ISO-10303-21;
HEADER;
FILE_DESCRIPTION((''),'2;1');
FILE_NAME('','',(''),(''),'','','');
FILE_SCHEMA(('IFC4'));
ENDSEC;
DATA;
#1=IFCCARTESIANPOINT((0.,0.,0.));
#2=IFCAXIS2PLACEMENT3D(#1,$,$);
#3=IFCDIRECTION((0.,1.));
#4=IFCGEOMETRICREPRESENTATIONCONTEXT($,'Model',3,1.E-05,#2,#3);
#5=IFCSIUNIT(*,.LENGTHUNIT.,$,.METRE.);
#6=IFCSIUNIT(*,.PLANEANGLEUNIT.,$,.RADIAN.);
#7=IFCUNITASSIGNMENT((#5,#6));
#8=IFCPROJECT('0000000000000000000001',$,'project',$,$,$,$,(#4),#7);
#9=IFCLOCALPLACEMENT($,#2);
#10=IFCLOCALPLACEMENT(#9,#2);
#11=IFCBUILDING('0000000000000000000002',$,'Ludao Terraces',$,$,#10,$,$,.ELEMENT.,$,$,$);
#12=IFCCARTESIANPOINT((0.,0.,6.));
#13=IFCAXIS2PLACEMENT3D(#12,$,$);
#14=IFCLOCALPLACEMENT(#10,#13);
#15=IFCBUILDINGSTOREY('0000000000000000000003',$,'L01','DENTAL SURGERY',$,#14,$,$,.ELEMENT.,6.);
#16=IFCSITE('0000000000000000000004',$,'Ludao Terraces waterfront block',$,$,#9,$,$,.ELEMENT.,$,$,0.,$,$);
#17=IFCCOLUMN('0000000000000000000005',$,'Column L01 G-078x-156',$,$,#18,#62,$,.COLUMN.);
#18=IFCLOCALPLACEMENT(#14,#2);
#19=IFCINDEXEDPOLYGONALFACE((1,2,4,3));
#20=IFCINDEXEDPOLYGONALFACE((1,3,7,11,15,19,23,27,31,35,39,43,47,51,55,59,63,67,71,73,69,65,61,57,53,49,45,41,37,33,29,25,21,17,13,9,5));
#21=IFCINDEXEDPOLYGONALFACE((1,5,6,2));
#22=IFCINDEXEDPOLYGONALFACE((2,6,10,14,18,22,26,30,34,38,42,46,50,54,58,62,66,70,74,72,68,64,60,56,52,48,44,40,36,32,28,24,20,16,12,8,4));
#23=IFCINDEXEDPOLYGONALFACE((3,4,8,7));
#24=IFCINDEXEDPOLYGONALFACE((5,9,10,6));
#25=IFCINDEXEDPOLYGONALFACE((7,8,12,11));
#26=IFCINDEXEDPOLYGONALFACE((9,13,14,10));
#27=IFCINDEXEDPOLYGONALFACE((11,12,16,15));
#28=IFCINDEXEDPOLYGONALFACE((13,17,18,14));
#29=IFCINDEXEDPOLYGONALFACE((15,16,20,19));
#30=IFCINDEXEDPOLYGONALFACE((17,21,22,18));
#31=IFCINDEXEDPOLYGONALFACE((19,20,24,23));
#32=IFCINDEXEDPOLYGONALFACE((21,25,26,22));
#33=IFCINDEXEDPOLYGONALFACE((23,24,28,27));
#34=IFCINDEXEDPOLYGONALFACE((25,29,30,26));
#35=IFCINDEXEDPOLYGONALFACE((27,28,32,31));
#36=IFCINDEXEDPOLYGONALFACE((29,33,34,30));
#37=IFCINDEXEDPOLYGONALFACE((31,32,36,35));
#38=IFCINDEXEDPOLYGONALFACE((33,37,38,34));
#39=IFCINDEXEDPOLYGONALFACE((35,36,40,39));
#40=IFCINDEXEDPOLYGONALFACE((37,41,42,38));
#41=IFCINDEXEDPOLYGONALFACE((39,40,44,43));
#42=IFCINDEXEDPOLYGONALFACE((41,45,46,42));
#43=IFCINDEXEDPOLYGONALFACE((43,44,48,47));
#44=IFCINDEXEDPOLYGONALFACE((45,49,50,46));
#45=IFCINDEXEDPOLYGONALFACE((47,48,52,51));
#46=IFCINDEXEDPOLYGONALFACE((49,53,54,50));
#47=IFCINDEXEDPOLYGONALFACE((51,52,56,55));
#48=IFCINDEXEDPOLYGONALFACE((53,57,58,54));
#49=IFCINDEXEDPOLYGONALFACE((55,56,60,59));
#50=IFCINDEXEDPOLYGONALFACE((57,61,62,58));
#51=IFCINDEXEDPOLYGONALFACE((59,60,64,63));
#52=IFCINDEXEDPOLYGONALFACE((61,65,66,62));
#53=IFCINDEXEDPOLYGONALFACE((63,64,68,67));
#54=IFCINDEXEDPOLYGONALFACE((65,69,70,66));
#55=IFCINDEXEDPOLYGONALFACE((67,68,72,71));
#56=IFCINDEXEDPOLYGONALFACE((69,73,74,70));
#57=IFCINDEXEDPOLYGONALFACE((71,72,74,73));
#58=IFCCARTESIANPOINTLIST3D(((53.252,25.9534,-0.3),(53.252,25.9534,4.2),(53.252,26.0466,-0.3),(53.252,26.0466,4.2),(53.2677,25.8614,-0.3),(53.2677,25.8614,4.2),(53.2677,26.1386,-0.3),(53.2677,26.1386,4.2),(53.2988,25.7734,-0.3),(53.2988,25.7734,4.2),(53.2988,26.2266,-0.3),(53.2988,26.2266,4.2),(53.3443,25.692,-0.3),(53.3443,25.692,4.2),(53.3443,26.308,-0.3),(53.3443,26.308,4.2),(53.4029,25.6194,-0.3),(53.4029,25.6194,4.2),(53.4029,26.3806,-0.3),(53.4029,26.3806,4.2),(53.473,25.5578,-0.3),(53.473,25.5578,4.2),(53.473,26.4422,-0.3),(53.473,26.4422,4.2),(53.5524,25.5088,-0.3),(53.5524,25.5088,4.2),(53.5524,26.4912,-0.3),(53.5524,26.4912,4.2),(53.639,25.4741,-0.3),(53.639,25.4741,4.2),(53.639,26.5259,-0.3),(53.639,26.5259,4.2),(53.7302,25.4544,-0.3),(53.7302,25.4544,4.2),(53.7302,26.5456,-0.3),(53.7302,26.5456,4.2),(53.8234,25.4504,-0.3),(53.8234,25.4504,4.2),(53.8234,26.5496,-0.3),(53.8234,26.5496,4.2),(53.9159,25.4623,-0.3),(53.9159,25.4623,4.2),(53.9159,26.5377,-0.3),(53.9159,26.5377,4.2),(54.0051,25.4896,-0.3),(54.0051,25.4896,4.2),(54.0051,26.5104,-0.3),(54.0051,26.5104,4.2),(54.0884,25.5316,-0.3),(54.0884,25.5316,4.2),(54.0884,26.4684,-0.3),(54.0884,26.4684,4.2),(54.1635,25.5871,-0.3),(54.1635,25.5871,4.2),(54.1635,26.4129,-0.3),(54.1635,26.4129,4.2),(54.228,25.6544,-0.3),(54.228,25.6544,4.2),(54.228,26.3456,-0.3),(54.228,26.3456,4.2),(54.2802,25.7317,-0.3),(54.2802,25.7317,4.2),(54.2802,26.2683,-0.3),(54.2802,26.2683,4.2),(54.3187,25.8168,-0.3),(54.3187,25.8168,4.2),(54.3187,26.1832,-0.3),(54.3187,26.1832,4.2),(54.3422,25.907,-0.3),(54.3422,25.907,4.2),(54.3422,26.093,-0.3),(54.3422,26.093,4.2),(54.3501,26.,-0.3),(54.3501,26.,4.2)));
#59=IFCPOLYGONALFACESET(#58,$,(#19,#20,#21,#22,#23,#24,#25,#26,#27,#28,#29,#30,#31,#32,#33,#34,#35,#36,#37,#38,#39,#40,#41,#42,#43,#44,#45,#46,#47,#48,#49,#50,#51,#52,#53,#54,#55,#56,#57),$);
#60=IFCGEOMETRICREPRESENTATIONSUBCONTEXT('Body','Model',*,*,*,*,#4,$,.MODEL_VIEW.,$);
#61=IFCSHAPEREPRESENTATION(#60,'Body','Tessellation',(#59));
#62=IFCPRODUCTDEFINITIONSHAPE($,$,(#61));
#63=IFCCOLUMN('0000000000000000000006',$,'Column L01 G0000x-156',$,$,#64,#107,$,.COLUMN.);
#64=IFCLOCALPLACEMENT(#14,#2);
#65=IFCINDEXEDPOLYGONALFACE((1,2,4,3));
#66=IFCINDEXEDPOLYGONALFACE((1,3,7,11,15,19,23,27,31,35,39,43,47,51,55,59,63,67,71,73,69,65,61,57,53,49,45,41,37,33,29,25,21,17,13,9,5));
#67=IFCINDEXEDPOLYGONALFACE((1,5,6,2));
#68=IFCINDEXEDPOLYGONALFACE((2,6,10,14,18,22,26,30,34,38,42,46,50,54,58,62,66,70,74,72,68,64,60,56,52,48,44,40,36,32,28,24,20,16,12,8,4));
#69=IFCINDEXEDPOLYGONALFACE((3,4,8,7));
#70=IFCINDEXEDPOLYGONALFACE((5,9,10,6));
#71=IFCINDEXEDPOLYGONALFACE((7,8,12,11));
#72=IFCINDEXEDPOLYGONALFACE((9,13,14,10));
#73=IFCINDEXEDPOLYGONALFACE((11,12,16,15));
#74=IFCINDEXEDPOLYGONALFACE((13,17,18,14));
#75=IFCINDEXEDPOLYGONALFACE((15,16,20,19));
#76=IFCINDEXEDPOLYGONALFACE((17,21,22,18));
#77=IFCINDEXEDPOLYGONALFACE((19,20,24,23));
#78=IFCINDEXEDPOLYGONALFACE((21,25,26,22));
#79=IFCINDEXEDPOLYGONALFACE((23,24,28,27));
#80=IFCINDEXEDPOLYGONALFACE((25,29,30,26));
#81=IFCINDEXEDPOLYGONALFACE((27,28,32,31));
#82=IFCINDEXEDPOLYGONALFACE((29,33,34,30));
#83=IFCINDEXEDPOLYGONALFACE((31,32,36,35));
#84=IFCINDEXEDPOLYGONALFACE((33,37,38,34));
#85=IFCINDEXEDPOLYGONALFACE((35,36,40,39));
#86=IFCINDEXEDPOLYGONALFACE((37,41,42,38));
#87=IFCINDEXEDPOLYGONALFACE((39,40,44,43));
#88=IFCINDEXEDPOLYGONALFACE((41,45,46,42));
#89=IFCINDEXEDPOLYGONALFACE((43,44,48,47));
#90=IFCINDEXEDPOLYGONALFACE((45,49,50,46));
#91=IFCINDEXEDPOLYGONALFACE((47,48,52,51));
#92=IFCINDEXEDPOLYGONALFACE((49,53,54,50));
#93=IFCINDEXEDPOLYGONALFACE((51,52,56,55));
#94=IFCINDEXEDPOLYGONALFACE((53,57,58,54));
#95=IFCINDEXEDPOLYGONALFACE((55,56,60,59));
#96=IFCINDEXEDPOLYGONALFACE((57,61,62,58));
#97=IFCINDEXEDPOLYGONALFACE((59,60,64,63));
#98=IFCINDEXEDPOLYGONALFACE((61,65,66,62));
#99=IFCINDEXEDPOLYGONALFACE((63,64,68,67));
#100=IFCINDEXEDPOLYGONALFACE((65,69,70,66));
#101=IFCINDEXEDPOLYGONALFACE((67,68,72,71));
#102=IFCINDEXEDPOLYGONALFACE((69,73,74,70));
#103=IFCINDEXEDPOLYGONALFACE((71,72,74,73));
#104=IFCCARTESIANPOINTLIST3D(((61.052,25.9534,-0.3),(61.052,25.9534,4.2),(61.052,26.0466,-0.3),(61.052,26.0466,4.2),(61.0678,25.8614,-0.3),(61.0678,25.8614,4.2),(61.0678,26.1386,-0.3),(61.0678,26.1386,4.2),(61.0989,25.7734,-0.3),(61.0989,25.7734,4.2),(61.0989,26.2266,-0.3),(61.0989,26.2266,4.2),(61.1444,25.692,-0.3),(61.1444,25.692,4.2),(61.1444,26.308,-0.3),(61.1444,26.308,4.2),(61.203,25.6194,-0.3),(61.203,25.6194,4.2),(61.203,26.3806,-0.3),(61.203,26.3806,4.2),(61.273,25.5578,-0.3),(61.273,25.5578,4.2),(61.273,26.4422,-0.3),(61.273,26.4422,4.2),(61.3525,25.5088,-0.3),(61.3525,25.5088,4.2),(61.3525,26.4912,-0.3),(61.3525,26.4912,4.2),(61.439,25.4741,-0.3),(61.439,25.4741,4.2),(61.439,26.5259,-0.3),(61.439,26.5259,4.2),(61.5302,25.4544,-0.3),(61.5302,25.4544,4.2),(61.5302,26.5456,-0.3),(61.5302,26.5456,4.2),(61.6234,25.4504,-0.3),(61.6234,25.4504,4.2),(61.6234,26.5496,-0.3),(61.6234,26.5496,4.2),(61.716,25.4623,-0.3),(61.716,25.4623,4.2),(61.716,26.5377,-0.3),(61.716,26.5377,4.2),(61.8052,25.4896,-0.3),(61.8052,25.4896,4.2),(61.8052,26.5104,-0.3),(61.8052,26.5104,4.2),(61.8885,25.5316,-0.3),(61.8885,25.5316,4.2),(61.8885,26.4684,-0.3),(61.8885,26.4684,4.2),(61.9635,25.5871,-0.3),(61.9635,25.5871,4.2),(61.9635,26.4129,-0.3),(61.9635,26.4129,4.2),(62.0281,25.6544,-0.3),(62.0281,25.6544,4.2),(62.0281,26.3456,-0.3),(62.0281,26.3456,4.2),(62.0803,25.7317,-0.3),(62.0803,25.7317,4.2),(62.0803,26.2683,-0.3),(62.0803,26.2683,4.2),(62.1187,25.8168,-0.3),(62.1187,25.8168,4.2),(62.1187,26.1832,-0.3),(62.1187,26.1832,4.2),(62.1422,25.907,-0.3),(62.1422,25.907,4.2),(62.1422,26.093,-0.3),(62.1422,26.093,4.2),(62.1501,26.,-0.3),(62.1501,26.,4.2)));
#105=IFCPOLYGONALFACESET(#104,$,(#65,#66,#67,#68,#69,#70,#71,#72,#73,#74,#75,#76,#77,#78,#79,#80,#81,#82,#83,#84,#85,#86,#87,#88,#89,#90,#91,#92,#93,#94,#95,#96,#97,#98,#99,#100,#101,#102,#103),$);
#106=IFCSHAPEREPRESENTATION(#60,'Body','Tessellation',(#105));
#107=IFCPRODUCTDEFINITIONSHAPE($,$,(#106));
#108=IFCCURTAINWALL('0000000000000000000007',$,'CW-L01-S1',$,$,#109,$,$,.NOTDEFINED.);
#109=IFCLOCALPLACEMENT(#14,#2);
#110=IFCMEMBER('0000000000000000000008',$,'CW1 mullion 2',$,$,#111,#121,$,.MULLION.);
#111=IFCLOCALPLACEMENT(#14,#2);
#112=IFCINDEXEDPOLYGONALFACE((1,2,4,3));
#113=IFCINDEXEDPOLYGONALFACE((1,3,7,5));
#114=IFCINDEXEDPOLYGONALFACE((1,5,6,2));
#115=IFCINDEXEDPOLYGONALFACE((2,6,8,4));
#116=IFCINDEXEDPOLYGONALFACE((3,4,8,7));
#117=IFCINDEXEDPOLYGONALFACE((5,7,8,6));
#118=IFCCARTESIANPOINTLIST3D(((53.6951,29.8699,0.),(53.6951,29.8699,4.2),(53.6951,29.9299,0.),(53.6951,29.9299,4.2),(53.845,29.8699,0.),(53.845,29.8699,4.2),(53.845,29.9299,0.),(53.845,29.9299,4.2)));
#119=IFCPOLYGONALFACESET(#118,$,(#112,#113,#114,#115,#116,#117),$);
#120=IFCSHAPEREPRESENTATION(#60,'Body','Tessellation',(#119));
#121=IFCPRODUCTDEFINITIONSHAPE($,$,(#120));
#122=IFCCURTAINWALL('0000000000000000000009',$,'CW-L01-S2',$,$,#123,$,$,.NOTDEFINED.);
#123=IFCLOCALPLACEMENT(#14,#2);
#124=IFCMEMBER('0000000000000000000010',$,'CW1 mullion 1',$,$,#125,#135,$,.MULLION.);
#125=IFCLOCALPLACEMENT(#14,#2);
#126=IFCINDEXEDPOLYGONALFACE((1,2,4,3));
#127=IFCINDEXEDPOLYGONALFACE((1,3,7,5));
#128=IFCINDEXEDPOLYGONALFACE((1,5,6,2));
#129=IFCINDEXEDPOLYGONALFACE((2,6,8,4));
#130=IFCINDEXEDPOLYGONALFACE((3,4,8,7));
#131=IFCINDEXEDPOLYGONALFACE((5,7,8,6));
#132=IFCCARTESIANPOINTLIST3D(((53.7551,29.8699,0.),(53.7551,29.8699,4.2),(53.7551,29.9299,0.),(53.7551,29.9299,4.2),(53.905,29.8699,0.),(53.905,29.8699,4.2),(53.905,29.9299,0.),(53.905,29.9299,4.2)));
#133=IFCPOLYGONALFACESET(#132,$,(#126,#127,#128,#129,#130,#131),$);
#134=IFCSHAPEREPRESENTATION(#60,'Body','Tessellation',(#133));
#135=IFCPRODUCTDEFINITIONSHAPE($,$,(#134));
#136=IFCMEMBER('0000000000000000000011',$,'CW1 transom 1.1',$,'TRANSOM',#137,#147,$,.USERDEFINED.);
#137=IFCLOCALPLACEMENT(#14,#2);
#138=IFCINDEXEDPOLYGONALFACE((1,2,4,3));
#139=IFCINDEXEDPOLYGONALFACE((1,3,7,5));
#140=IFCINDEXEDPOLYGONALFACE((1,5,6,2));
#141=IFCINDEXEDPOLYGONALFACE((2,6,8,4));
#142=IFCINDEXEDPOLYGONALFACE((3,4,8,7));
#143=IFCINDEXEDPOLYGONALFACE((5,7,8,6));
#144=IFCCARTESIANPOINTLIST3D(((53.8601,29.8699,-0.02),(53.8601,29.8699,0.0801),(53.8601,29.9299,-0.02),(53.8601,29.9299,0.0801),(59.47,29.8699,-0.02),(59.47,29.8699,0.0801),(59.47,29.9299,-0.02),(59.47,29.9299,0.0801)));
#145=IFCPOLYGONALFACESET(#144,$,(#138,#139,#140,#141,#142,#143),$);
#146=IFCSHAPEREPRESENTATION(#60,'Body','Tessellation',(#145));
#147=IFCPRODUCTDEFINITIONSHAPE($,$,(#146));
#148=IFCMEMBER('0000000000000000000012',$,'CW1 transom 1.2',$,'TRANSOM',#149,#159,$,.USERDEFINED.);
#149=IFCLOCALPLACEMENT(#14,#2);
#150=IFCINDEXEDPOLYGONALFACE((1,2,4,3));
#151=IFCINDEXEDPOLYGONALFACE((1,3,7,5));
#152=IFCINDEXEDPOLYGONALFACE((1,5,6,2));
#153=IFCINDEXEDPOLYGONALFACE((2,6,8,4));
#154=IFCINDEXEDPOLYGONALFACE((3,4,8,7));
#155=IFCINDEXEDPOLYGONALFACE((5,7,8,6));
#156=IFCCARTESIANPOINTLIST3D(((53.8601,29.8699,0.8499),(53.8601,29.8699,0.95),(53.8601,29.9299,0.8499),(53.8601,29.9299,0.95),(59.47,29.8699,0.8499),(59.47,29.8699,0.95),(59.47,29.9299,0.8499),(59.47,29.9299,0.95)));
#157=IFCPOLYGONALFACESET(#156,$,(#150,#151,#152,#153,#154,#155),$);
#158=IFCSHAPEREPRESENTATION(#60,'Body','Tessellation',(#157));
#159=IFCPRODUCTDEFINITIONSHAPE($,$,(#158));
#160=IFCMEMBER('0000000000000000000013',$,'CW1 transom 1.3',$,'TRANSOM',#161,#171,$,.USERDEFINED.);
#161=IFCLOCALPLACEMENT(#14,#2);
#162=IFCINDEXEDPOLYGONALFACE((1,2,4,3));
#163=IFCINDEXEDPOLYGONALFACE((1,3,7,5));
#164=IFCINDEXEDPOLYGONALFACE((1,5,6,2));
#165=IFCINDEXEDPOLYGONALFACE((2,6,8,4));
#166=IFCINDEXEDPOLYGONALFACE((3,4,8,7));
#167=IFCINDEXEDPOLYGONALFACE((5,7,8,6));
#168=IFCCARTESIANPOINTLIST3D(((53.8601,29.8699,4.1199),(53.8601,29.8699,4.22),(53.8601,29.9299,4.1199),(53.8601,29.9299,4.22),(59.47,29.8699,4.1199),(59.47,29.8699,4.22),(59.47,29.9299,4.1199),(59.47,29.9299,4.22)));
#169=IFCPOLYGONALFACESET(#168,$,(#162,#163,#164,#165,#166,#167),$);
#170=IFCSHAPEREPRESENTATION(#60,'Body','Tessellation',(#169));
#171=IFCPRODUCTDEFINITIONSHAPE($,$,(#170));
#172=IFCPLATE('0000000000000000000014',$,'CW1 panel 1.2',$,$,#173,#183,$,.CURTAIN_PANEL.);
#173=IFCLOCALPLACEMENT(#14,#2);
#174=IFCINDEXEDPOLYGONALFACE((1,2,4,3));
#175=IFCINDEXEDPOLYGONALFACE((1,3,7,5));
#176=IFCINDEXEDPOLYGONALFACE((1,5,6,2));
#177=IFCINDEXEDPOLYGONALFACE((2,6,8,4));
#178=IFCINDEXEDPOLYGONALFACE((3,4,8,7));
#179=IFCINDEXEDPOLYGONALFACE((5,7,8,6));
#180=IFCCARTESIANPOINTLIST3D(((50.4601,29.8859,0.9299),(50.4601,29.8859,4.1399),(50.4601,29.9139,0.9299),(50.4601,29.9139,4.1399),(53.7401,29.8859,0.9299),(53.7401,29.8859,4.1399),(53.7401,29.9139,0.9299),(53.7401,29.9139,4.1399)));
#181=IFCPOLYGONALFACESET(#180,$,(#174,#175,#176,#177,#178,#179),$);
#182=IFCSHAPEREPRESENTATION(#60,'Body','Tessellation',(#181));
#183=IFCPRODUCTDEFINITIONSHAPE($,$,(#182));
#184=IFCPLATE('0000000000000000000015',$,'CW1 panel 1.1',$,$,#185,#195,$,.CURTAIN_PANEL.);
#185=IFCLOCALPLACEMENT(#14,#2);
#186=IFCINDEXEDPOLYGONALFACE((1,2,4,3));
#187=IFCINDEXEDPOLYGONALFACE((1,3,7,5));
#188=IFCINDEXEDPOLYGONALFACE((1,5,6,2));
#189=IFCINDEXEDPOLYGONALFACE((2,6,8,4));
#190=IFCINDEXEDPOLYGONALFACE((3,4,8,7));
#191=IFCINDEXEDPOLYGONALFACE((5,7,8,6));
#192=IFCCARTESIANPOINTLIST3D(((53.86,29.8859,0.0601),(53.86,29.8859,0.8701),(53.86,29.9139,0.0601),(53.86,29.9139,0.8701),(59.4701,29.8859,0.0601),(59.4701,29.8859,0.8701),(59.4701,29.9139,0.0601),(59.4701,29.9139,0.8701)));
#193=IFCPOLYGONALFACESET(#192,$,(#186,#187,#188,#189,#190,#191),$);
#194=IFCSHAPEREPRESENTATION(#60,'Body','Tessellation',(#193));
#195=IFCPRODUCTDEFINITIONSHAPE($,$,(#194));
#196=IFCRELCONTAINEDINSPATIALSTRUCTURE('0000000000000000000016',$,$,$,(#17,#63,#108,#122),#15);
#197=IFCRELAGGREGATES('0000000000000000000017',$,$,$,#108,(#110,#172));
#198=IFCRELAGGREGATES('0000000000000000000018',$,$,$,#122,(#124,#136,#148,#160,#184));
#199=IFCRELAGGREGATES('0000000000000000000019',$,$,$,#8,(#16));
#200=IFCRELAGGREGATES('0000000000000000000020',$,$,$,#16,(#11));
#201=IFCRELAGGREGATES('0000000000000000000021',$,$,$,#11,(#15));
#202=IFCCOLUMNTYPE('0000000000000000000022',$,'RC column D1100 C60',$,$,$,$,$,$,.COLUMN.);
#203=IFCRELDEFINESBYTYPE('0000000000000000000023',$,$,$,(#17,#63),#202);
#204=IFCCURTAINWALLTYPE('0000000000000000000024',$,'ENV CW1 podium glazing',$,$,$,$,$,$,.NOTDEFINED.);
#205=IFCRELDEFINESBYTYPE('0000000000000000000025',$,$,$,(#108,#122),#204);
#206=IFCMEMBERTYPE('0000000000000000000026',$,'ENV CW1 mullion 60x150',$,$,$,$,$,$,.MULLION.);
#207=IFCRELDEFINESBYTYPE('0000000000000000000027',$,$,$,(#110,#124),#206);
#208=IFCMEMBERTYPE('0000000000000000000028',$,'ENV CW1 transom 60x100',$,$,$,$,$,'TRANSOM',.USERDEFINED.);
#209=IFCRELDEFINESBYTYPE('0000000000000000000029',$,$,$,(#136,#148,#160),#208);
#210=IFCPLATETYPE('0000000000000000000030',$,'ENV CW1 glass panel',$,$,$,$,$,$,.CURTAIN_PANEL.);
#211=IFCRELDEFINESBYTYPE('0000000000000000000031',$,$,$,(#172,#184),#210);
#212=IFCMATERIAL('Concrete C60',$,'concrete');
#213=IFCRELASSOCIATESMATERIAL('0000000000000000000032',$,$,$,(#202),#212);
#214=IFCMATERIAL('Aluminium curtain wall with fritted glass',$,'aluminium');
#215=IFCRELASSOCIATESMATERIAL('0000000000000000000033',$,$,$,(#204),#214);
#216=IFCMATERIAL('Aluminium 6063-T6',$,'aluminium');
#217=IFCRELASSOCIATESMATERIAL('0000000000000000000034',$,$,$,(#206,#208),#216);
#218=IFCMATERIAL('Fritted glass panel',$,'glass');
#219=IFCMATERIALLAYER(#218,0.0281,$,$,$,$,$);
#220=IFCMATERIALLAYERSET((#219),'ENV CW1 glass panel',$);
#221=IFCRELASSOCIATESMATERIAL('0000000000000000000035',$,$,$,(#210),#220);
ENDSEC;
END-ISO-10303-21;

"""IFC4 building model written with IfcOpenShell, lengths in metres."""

from ifc_helpers import new_model, si_unit, direction, frame, origin, origin_2d, place, context, subcontext, project, spatial, rectangle, circle, extrude, material, layer, layer_set, material_profile, profile_set, type_object, element, aggregate, save


model = new_model("IFC4")

# Units and contexts
model_context = context("Model", 3, precision=1e-05, world=origin(), true_north=direction((0.0, 1.0)))
body_context = subcontext(model_context, "Body", "Model", "MODEL_VIEW")
ifc_project = project(units=[si_unit("LENGTHUNIT", "METRE"), si_unit("PLANEANGLEUNIT", "RADIAN")], contexts=[model_context])

# Site, building, storey
site_placement = place(None, origin())
site = spatial("IfcSite", under=ifc_project, at=site_placement, Name="Ludao Terraces waterfront block", CompositionType="ELEMENT", RefElevation=0.0)
building_placement = place(site_placement, origin())
building = spatial("IfcBuilding", under=site, at=building_placement, Name="Ludao Terraces", CompositionType="ELEMENT")
storey_placement = place(building_placement, frame((0.0, 0.0, 6.0)))
storey = spatial("IfcBuildingStorey", under=building, at=storey_placement, Name="L01", Description="DENTAL SURGERY", CompositionType="ELEMENT", Elevation=6.0)

# Columns
ifc_material_1 = material(Name="Concrete C60", Category="concrete")
ifc_material_profile_1 = material_profile(ifc_material_1, circle(Radius=0.55, at=origin_2d()), Name="D1100")
ifc_profile_set_1 = profile_set([ifc_material_profile_1], Name="Concrete C60")
column_type = type_object("IfcColumnType", Name="RC column D1100 C60", PredefinedType="COLUMN", material=ifc_profile_set_1)
for number, where, z_axis, x_axis, name in (
    (1, (53.8, 26.0, -0.3), (0.0, 0.0, 1.0), (1.0, 0.0, 0.0), "Column L01 G-078x-156"),
    (2, (61.6001, 26.0, -0.3), (0.0, 0.0, 1.0), (1.0, 0.0, 0.0), "Column L01 G0000x-156"),
):
    element("IfcColumn", number, at=place(storey_placement, frame(where, z_axis=z_axis, x_axis=x_axis)), inside=storey, type_object=column_type, Name=name, PredefinedType="COLUMN", context=body_context, shape_type="SweptSolid", body=[
        extrude(circle(Radius=0.55, at=origin_2d()), origin(), (0.0, 0.0, 1.0), 4.5),
    ])

# Curtain wall, member
ifc_material_2 = material(Name="Aluminium curtain wall with fritted glass", Category="aluminium")
curtain_wall_type = type_object("IfcCurtainWallType", Name="ENV CW1 podium glazing", PredefinedType="NOTDEFINED", material=ifc_material_2)
curtain_wall_1_placement = place(storey_placement, origin())
curtain_wall_1 = element("IfcCurtainWall", 3, at=curtain_wall_1_placement, inside=storey, type_object=curtain_wall_type, Name="CW-L01-S1", PredefinedType="NOTDEFINED")
ifc_material_3 = material(Name="Aluminium 6063-T6", Category="aluminium")
ifc_material_profile_2 = material_profile(ifc_material_3, rectangle(XDim=0.0601, YDim=0.1499, at=origin_2d()), Name="60 X 150")
ifc_profile_set_2 = profile_set([ifc_material_profile_2], Name="Aluminium 6063-T6")
member_type_1 = type_object("IfcMemberType", Name="ENV CW1 mullion 60x150", PredefinedType="MULLION", material=ifc_profile_set_2)
member_1_placement = place(storey_placement, frame((53.77, 29.8999, 0.0), z_axis=(0.0, 0.0, 1.0), x_axis=(0.0, 1.0, 0.0)))
member_1 = element("IfcMember", 4, at=member_1_placement, type_object=member_type_1, Name="CW1 mullion 2", PredefinedType="MULLION", context=body_context, shape_type="SweptSolid", body=[
    extrude(rectangle(XDim=0.0601, YDim=0.1499, at=origin_2d()), origin(), (0.0, 0.0, 1.0), 4.2),
])

# Curtain wall, members
curtain_wall_2_placement = place(storey_placement, origin())
curtain_wall_2 = element("IfcCurtainWall", 5, at=curtain_wall_2_placement, inside=storey, type_object=curtain_wall_type, Name="CW-L01-S2", PredefinedType="NOTDEFINED")
member_2_placement = place(storey_placement, frame((53.8301, 29.8999, 0.0), z_axis=(0.0, 0.0, 1.0), x_axis=(0.0, 1.0, 0.0)))
member_2 = element("IfcMember", 6, at=member_2_placement, type_object=member_type_1, Name="CW1 mullion 1", PredefinedType="MULLION", context=body_context, shape_type="SweptSolid", body=[
    extrude(rectangle(XDim=0.0601, YDim=0.1499, at=origin_2d()), origin(), (0.0, 0.0, 1.0), 4.2),
])
ifc_material_profile_3 = material_profile(ifc_material_3, rectangle(XDim=0.0601, YDim=0.1001, at=origin_2d()), Name="60 X 100")
ifc_profile_set_3 = profile_set([ifc_material_profile_3], Name="Aluminium 6063-T6")
member_type_2 = type_object("IfcMemberType", Name="ENV CW1 transom 60x100", ElementType="TRANSOM", PredefinedType="USERDEFINED", material=ifc_profile_set_3)
member_3_placement = place(storey_placement, frame((53.8601, 29.8999, 0.03), z_axis=(1.0, 0.0, 0.0), x_axis=(0.0, 1.0, 0.0)))
member_3 = element("IfcMember", 7, at=member_3_placement, type_object=member_type_2, Name="CW1 transom 1.1", ObjectType="TRANSOM", PredefinedType="USERDEFINED", context=body_context, shape_type="SweptSolid", body=[
    extrude(rectangle(XDim=0.0601, YDim=0.1001, at=origin_2d()), origin(), (0.0, 0.0, 1.0), 5.6099),
])
member_4_placement = place(storey_placement, frame((53.8601, 29.8999, 0.8999), z_axis=(1.0, 0.0, 0.0), x_axis=(0.0, 1.0, 0.0)))
member_4 = element("IfcMember", 8, at=member_4_placement, type_object=member_type_2, Name="CW1 transom 1.2", ObjectType="TRANSOM", PredefinedType="USERDEFINED", context=body_context, shape_type="SweptSolid", body=[
    extrude(rectangle(XDim=0.0601, YDim=0.1001, at=origin_2d()), origin(), (0.0, 0.0, 1.0), 5.6099),
])
member_5_placement = place(storey_placement, frame((53.8601, 29.8999, 4.1699), z_axis=(1.0, 0.0, 0.0), x_axis=(0.0, 1.0, 0.0)))
member_5 = element("IfcMember", 9, at=member_5_placement, type_object=member_type_2, Name="CW1 transom 1.3", ObjectType="TRANSOM", PredefinedType="USERDEFINED", context=body_context, shape_type="SweptSolid", body=[
    extrude(rectangle(XDim=0.0601, YDim=0.1001, at=origin_2d()), origin(), (0.0, 0.0, 1.0), 5.6099),
])

# Plates
ifc_material_4 = material(Name="Fritted glass panel", Category="glass")
ifc_layer_1 = layer(ifc_material_4, 0.0281)
ifc_layer_set_1 = layer_set([ifc_layer_1], Name="ENV CW1 glass panel")
plate_type = type_object("IfcPlateType", Name="ENV CW1 glass panel", PredefinedType="CURTAIN_PANEL", material=ifc_layer_set_1)
plate_1_placement = place(storey_placement, frame((52.1001, 29.8999, 0.9299), z_axis=(0.0, 0.0, 1.0), x_axis=(1.0, 0.0, 0.0)))
plate_1 = element("IfcPlate", 10, at=plate_1_placement, type_object=plate_type, Name="CW1 panel 1.2", PredefinedType="CURTAIN_PANEL", context=body_context, shape_type="SweptSolid", body=[
    extrude(rectangle(XDim=3.28, YDim=0.0281, at=origin_2d()), origin(), (0.0, 0.0, 1.0), 3.21),
])
aggregate(curtain_wall_1, [member_1, plate_1])
plate_2_placement = place(storey_placement, frame((56.665, 29.8999, 0.0601), z_axis=(0.0, 0.0, 1.0), x_axis=(1.0, 0.0, 0.0)))
plate_2 = element("IfcPlate", 11, at=plate_2_placement, type_object=plate_type, Name="CW1 panel 1.1", PredefinedType="CURTAIN_PANEL", context=body_context, shape_type="SweptSolid", body=[
    extrude(rectangle(XDim=5.6101, YDim=0.0281, at=origin_2d()), origin(), (0.0, 0.0, 1.0), 0.8101),
])
aggregate(curtain_wall_2, [member_2, member_3, member_4, member_5, plate_2])

save(model, "model.ifc")
